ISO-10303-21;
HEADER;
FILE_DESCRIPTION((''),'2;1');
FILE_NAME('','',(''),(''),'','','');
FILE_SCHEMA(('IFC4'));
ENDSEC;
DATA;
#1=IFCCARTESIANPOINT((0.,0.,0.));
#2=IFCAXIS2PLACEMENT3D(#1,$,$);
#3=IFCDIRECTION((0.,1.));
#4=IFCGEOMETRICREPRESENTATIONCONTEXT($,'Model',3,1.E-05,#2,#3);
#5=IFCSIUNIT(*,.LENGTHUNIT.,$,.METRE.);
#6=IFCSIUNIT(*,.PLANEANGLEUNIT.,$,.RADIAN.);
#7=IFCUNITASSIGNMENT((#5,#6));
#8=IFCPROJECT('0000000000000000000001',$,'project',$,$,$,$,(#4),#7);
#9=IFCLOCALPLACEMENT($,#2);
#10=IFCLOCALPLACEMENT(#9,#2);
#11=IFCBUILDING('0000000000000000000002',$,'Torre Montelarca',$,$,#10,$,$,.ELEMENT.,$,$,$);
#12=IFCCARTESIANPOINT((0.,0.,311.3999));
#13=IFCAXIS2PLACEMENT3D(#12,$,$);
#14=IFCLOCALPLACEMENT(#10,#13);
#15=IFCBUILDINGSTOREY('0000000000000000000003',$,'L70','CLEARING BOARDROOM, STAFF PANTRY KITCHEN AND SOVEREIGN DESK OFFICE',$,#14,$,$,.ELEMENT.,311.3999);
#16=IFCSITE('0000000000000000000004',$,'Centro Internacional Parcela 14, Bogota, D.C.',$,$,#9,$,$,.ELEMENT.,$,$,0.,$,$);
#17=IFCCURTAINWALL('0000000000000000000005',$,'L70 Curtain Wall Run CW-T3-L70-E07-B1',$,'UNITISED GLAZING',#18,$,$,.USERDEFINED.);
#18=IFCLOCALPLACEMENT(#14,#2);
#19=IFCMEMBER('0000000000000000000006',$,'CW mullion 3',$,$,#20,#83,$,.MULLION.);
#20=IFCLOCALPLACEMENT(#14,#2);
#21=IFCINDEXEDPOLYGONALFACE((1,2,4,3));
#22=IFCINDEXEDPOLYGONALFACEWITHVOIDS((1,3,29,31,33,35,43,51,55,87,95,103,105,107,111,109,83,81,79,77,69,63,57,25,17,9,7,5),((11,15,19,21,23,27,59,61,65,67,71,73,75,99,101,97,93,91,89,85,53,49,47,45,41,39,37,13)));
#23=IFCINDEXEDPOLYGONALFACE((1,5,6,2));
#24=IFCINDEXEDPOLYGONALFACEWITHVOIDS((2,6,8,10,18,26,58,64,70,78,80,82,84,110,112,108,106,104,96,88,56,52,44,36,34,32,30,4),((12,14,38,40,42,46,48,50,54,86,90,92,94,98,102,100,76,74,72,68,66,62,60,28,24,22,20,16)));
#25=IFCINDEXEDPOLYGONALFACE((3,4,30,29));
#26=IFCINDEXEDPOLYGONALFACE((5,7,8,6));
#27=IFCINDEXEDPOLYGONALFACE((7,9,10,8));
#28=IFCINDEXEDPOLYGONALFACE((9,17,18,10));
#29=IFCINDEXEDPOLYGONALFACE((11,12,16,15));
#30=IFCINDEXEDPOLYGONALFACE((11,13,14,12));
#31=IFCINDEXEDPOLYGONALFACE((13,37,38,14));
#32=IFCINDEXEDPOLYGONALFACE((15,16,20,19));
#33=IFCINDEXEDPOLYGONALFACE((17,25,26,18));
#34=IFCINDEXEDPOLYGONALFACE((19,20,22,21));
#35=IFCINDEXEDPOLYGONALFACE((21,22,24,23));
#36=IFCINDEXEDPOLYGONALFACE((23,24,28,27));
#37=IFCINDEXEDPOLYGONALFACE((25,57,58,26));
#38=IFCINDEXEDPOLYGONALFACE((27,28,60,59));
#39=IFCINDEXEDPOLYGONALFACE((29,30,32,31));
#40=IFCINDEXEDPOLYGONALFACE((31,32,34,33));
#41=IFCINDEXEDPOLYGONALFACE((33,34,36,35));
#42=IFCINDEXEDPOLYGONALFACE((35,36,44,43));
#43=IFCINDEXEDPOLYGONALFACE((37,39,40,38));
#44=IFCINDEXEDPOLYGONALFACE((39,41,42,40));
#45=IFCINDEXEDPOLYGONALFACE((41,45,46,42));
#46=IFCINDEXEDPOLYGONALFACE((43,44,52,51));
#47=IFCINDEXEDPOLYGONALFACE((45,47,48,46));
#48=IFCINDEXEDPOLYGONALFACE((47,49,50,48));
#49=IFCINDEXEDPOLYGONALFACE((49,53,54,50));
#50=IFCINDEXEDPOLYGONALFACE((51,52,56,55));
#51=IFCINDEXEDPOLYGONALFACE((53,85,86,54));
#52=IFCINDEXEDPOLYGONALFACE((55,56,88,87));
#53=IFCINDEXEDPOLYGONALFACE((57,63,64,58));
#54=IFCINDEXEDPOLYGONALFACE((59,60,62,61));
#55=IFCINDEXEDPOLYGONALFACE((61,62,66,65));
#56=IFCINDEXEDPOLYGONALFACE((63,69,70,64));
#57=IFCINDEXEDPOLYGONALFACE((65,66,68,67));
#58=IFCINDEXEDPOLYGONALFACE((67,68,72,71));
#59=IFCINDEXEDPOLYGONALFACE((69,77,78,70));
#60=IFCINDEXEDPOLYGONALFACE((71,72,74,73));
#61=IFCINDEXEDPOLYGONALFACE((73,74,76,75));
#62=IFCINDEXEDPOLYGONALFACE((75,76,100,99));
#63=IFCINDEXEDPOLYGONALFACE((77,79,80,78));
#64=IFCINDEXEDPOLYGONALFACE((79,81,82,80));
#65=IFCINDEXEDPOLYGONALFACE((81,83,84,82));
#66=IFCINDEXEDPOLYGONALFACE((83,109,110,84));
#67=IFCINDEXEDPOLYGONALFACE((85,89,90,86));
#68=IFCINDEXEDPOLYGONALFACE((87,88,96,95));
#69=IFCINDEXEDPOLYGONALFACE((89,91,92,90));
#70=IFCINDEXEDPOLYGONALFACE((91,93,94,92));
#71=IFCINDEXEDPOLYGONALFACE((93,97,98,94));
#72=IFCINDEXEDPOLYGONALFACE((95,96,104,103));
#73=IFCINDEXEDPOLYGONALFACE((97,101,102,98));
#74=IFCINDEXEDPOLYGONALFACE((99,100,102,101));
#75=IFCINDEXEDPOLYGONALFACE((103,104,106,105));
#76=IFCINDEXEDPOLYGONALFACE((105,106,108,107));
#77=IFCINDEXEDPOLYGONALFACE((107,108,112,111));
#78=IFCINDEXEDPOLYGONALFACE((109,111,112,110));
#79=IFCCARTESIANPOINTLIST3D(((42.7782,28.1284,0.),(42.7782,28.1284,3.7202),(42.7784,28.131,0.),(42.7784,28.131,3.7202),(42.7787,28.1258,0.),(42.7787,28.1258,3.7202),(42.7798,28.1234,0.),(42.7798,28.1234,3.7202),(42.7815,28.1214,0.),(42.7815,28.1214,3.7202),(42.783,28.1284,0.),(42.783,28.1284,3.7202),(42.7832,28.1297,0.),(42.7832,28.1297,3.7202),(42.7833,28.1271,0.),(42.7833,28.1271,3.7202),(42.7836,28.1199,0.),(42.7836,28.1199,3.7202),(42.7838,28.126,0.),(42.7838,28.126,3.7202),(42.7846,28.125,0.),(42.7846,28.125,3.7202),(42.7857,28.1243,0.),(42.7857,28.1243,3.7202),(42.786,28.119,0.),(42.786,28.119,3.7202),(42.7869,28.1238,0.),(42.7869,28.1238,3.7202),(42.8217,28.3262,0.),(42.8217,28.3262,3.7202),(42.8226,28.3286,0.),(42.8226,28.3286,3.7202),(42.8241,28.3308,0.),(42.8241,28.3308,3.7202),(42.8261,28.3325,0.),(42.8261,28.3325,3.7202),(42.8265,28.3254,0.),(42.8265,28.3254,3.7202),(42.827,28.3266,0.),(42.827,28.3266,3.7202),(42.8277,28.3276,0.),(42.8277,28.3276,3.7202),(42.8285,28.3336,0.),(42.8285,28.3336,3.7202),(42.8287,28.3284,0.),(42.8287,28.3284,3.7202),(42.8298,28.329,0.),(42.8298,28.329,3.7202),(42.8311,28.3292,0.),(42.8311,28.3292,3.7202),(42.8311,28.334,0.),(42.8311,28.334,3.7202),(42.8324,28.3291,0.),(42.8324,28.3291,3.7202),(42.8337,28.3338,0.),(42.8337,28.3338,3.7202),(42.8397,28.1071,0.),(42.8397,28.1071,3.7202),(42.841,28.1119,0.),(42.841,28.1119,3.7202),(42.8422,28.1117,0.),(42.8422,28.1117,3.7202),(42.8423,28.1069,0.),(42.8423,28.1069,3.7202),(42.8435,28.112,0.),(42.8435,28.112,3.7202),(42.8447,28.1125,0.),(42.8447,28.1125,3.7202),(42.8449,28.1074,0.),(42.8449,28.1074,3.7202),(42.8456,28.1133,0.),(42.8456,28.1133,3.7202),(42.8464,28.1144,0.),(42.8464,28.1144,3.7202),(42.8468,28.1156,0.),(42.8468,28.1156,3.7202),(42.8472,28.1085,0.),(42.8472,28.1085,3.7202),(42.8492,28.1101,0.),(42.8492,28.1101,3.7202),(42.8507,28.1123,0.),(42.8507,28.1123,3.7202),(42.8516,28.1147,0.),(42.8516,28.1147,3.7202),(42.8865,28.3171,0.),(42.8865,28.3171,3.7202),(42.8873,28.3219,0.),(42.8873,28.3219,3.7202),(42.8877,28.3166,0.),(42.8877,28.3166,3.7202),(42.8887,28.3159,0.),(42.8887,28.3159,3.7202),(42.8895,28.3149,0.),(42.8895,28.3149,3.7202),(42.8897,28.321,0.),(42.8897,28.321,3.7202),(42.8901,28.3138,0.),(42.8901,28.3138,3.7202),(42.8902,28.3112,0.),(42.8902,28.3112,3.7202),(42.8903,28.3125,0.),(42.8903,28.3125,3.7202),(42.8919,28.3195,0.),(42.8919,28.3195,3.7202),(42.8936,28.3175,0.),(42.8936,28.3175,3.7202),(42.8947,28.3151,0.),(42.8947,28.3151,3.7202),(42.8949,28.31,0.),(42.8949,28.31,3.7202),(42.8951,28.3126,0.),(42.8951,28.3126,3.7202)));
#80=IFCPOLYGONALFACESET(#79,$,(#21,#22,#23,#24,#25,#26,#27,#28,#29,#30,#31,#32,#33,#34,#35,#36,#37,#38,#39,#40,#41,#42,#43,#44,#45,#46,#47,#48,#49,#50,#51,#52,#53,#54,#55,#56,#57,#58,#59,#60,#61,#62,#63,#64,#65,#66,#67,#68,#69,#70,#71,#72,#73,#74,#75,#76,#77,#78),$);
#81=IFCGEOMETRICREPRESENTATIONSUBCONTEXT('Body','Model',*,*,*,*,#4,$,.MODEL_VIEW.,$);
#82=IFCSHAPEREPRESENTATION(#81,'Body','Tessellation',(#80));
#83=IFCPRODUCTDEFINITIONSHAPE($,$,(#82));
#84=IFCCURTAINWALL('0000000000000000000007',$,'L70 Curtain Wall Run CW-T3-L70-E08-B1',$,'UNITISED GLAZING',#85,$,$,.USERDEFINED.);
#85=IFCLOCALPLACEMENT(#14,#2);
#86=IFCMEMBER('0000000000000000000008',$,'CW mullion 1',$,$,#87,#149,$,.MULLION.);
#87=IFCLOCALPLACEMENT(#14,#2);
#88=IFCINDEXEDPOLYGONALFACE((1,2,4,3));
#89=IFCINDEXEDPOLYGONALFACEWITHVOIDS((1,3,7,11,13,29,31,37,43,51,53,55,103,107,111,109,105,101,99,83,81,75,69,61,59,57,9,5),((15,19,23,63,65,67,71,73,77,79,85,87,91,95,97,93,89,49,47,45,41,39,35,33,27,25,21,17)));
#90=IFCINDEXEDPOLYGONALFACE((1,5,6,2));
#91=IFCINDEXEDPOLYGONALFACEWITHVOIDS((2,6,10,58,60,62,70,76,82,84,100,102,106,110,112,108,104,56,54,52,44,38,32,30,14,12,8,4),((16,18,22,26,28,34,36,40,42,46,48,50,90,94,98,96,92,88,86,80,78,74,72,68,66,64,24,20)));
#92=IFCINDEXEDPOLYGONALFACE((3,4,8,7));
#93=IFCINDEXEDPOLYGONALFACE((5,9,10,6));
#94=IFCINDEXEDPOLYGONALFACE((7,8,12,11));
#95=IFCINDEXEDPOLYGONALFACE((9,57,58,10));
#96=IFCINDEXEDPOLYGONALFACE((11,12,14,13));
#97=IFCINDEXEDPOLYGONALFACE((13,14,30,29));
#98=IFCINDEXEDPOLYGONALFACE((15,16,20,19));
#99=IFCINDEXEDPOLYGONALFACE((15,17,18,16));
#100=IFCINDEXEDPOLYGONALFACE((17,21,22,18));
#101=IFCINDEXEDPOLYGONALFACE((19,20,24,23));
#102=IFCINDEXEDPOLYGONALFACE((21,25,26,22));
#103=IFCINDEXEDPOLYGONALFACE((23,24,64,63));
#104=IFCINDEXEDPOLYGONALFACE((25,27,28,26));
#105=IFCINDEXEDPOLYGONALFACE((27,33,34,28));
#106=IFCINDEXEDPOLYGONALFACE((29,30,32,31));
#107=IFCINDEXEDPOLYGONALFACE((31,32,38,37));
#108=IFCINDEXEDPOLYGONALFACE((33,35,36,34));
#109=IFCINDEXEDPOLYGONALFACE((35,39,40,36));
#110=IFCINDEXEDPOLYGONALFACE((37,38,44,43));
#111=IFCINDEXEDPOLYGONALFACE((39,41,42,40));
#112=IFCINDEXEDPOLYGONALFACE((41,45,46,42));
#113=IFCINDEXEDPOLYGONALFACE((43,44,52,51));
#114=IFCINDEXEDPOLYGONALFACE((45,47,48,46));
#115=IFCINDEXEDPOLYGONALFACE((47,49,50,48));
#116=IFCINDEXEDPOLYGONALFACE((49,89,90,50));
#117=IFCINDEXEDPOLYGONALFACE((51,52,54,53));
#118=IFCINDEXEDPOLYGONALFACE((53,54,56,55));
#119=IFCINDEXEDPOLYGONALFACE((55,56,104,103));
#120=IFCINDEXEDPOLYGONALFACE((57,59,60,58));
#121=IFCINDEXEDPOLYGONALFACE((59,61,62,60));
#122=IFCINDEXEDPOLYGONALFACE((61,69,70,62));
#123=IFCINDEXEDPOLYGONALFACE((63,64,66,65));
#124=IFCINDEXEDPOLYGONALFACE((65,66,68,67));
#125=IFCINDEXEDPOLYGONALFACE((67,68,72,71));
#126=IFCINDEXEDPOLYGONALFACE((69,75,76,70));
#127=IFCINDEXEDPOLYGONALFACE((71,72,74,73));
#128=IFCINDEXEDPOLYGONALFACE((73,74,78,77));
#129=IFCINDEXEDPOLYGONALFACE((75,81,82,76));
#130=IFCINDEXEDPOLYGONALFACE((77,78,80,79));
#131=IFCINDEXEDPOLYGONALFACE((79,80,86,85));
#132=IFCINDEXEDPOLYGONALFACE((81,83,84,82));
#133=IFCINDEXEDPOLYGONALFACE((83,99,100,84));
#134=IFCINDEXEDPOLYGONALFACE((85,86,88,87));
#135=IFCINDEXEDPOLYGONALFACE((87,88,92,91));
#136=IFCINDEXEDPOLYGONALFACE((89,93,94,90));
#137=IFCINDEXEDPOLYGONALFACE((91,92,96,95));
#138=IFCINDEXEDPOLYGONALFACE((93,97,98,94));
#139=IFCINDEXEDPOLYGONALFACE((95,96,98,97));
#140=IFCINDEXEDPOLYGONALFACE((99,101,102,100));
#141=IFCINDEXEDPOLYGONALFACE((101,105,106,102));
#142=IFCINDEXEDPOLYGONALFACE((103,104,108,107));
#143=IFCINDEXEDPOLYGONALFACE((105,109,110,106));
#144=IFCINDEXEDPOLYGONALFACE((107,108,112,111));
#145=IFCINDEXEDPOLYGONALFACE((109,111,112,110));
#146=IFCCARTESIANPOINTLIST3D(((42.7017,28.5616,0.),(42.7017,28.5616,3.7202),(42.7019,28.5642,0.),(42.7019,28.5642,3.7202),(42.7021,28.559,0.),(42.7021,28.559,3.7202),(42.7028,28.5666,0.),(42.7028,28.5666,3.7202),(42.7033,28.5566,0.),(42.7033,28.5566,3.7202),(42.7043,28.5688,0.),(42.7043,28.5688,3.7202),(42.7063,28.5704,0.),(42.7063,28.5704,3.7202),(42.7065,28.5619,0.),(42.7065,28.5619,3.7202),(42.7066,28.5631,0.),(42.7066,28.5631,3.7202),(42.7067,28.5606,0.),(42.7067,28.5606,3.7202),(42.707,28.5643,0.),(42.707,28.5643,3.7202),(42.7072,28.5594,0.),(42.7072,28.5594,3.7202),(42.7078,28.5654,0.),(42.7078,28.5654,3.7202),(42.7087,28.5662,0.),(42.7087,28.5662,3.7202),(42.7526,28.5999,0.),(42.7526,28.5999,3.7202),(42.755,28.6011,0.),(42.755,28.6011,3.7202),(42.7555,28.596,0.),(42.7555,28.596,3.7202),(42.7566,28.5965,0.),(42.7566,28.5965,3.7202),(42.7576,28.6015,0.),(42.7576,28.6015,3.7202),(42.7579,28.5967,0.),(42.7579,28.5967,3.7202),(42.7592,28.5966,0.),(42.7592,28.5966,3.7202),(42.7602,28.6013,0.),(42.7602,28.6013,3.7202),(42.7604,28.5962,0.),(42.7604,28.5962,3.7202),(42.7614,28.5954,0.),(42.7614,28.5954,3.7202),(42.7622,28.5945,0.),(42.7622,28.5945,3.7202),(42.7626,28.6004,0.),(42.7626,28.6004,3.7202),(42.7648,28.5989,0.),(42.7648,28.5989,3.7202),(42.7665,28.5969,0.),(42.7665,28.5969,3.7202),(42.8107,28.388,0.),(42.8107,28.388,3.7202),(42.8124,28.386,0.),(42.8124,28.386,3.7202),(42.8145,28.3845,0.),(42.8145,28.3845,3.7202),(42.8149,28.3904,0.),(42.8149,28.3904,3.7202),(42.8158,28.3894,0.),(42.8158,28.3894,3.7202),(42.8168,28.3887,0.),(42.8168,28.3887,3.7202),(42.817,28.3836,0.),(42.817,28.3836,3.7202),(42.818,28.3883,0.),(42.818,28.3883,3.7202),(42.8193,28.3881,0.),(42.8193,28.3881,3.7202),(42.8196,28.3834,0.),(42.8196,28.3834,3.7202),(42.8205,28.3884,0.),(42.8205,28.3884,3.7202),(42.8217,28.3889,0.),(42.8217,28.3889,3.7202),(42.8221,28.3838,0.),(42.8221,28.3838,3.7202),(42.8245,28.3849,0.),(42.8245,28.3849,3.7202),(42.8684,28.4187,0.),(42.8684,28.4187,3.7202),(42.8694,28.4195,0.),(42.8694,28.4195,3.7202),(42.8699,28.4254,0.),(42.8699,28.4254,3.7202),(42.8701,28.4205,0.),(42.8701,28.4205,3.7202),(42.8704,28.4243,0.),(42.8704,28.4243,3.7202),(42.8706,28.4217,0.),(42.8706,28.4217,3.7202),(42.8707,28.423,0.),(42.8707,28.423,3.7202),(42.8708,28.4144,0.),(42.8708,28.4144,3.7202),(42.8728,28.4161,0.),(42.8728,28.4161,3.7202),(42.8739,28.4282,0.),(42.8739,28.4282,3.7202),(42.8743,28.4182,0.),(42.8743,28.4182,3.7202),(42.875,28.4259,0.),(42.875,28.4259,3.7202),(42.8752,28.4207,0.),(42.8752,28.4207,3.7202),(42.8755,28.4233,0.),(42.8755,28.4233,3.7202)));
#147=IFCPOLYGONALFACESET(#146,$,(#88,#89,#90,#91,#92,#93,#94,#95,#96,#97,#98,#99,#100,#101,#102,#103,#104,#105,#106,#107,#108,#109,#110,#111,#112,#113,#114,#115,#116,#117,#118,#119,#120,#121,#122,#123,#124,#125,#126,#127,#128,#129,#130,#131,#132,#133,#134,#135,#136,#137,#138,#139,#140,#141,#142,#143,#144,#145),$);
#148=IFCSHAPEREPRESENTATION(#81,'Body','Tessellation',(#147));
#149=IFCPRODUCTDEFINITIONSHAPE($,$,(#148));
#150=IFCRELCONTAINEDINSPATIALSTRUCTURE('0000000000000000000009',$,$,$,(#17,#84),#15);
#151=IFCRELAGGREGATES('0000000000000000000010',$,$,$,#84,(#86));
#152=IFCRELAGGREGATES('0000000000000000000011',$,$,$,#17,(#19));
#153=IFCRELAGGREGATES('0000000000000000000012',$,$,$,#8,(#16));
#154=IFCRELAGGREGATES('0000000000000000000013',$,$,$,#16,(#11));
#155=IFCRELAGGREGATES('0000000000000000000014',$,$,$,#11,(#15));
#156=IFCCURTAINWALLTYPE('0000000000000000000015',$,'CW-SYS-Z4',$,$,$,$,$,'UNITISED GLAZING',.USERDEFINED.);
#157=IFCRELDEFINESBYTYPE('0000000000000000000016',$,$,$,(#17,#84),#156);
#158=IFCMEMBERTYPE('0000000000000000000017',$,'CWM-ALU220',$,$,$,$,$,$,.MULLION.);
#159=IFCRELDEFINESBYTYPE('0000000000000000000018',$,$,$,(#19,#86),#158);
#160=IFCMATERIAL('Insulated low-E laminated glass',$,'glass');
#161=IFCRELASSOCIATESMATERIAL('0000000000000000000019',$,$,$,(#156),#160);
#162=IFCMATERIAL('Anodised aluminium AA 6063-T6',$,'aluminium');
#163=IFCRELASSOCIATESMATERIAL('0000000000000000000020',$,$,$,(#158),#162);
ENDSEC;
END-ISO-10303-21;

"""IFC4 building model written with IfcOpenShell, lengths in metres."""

from ifc_helpers import new_model, si_unit, direction, frame, origin, origin_2d, place, context, subcontext, project, spatial, hollow_rectangle, extrude, source, transform, mapped, material, material_profile, profile_set, type_object, element, aggregate, save


model = new_model("IFC4")

# Units and contexts
model_context = context("Model", 3, precision=1e-05, world=origin(), true_north=direction((0.0, 1.0)))
body_context = subcontext(model_context, "Body", "Model", "MODEL_VIEW")
ifc_project = project(units=[si_unit("LENGTHUNIT", "METRE"), si_unit("PLANEANGLEUNIT", "RADIAN")], contexts=[model_context])

# Site, building, storey
site_placement = place(None, origin())
site = spatial("IfcSite", under=ifc_project, at=site_placement, Name="Centro Internacional Parcela 14, Bogota, D.C.", CompositionType="ELEMENT", RefElevation=0.0)
building_placement = place(site_placement, origin())
building = spatial("IfcBuilding", under=site, at=building_placement, Name="Torre Montelarca", CompositionType="ELEMENT")
storey_placement = place(building_placement, frame((0.0, 0.0, 311.3999)))
storey = spatial("IfcBuildingStorey", under=building, at=storey_placement, Name="L70", Description="CLEARING BOARDROOM, STAFF PANTRY KITCHEN AND SOVEREIGN DESK OFFICE", CompositionType="ELEMENT", Elevation=311.3999)

# Curtain wall, member
ifc_material_1 = material(Name="Insulated low-E laminated glass", Category="glass")
curtain_wall_type = type_object("IfcCurtainWallType", Name="CW-SYS-Z4", ElementType="UNITISED GLAZING", PredefinedType="USERDEFINED", material=ifc_material_1)
ifc_material_2 = material(Name="Anodised aluminium AA 6063-T6", Category="aluminium")
ifc_material_profile_1 = material_profile(ifc_material_2, hollow_rectangle(XDim=0.075, YDim=0.22, WallThickness=0.0049, InnerFilletRadius=0.0049, OuterFilletRadius=0.01, at=origin_2d()), Name="ALU75X220X5", Category="aluminium")
ifc_profile_set_1 = profile_set([ifc_material_profile_1], Name="Anodised aluminium AA 6063-T6")
member_type_1 = type_object("IfcMemberType", Name="CWM-ALU220", PredefinedType="MULLION", material=ifc_profile_set_1)
shared_shape_1 = source(origin(), body_context, "Body", "SweptSolid", [
    extrude(hollow_rectangle(XDim=0.075, YDim=0.22, WallThickness=0.0049, InnerFilletRadius=0.0049, OuterFilletRadius=0.01, at=origin_2d()), origin(), (0.0, 0.0, 1.0), 3.7202),
])
curtain_wall_1_placement = place(storey_placement, origin())
curtain_wall_1 = element("IfcCurtainWall", 1, at=curtain_wall_1_placement, inside=storey, type_object=curtain_wall_type, Name="L70 Curtain Wall Run CW-T3-L70-E07-B1", ObjectType="UNITISED GLAZING", PredefinedType="USERDEFINED")
member_1_placement = place(storey_placement, frame((42.8367, 28.2205, 0.0), z_axis=(0.0, 0.0, 1.0), x_axis=(-0.976295, 0.216443, 0.0)))
member_1 = element("IfcMember", 2, at=member_1_placement, type_object=member_type_1, Name="CW mullion 3", PredefinedType="MULLION", context=body_context, shape_type="MappedRepresentation", body=[
    mapped(shared_shape_1, transform((0.0, 0.0, 0.0), scale=1.0)),
])

# Curtain wall, member
curtain_wall_2_placement = place(storey_placement, origin())
curtain_wall_2 = element("IfcCurtainWall", 3, at=curtain_wall_2_placement, inside=storey, type_object=curtain_wall_type, Name="L70 Curtain Wall Run CW-T3-L70-E08-B1", ObjectType="UNITISED GLAZING", PredefinedType="USERDEFINED")
member_2_placement = place(storey_placement, frame((42.7886, 28.4924, 0.0), z_axis=(0.0, 0.0, 1.0), x_axis=(-0.843391, -0.5373, 0.0)))
member_2 = element("IfcMember", 4, at=member_2_placement, type_object=member_type_1, Name="CW mullion 1", PredefinedType="MULLION", context=body_context, shape_type="MappedRepresentation", body=[
    mapped(shared_shape_1, transform((0.0, 0.0, 0.0), scale=1.0)),
])

aggregate(curtain_wall_2, [member_2])

aggregate(curtain_wall_1, [member_1])

save(model, "model.ifc")
